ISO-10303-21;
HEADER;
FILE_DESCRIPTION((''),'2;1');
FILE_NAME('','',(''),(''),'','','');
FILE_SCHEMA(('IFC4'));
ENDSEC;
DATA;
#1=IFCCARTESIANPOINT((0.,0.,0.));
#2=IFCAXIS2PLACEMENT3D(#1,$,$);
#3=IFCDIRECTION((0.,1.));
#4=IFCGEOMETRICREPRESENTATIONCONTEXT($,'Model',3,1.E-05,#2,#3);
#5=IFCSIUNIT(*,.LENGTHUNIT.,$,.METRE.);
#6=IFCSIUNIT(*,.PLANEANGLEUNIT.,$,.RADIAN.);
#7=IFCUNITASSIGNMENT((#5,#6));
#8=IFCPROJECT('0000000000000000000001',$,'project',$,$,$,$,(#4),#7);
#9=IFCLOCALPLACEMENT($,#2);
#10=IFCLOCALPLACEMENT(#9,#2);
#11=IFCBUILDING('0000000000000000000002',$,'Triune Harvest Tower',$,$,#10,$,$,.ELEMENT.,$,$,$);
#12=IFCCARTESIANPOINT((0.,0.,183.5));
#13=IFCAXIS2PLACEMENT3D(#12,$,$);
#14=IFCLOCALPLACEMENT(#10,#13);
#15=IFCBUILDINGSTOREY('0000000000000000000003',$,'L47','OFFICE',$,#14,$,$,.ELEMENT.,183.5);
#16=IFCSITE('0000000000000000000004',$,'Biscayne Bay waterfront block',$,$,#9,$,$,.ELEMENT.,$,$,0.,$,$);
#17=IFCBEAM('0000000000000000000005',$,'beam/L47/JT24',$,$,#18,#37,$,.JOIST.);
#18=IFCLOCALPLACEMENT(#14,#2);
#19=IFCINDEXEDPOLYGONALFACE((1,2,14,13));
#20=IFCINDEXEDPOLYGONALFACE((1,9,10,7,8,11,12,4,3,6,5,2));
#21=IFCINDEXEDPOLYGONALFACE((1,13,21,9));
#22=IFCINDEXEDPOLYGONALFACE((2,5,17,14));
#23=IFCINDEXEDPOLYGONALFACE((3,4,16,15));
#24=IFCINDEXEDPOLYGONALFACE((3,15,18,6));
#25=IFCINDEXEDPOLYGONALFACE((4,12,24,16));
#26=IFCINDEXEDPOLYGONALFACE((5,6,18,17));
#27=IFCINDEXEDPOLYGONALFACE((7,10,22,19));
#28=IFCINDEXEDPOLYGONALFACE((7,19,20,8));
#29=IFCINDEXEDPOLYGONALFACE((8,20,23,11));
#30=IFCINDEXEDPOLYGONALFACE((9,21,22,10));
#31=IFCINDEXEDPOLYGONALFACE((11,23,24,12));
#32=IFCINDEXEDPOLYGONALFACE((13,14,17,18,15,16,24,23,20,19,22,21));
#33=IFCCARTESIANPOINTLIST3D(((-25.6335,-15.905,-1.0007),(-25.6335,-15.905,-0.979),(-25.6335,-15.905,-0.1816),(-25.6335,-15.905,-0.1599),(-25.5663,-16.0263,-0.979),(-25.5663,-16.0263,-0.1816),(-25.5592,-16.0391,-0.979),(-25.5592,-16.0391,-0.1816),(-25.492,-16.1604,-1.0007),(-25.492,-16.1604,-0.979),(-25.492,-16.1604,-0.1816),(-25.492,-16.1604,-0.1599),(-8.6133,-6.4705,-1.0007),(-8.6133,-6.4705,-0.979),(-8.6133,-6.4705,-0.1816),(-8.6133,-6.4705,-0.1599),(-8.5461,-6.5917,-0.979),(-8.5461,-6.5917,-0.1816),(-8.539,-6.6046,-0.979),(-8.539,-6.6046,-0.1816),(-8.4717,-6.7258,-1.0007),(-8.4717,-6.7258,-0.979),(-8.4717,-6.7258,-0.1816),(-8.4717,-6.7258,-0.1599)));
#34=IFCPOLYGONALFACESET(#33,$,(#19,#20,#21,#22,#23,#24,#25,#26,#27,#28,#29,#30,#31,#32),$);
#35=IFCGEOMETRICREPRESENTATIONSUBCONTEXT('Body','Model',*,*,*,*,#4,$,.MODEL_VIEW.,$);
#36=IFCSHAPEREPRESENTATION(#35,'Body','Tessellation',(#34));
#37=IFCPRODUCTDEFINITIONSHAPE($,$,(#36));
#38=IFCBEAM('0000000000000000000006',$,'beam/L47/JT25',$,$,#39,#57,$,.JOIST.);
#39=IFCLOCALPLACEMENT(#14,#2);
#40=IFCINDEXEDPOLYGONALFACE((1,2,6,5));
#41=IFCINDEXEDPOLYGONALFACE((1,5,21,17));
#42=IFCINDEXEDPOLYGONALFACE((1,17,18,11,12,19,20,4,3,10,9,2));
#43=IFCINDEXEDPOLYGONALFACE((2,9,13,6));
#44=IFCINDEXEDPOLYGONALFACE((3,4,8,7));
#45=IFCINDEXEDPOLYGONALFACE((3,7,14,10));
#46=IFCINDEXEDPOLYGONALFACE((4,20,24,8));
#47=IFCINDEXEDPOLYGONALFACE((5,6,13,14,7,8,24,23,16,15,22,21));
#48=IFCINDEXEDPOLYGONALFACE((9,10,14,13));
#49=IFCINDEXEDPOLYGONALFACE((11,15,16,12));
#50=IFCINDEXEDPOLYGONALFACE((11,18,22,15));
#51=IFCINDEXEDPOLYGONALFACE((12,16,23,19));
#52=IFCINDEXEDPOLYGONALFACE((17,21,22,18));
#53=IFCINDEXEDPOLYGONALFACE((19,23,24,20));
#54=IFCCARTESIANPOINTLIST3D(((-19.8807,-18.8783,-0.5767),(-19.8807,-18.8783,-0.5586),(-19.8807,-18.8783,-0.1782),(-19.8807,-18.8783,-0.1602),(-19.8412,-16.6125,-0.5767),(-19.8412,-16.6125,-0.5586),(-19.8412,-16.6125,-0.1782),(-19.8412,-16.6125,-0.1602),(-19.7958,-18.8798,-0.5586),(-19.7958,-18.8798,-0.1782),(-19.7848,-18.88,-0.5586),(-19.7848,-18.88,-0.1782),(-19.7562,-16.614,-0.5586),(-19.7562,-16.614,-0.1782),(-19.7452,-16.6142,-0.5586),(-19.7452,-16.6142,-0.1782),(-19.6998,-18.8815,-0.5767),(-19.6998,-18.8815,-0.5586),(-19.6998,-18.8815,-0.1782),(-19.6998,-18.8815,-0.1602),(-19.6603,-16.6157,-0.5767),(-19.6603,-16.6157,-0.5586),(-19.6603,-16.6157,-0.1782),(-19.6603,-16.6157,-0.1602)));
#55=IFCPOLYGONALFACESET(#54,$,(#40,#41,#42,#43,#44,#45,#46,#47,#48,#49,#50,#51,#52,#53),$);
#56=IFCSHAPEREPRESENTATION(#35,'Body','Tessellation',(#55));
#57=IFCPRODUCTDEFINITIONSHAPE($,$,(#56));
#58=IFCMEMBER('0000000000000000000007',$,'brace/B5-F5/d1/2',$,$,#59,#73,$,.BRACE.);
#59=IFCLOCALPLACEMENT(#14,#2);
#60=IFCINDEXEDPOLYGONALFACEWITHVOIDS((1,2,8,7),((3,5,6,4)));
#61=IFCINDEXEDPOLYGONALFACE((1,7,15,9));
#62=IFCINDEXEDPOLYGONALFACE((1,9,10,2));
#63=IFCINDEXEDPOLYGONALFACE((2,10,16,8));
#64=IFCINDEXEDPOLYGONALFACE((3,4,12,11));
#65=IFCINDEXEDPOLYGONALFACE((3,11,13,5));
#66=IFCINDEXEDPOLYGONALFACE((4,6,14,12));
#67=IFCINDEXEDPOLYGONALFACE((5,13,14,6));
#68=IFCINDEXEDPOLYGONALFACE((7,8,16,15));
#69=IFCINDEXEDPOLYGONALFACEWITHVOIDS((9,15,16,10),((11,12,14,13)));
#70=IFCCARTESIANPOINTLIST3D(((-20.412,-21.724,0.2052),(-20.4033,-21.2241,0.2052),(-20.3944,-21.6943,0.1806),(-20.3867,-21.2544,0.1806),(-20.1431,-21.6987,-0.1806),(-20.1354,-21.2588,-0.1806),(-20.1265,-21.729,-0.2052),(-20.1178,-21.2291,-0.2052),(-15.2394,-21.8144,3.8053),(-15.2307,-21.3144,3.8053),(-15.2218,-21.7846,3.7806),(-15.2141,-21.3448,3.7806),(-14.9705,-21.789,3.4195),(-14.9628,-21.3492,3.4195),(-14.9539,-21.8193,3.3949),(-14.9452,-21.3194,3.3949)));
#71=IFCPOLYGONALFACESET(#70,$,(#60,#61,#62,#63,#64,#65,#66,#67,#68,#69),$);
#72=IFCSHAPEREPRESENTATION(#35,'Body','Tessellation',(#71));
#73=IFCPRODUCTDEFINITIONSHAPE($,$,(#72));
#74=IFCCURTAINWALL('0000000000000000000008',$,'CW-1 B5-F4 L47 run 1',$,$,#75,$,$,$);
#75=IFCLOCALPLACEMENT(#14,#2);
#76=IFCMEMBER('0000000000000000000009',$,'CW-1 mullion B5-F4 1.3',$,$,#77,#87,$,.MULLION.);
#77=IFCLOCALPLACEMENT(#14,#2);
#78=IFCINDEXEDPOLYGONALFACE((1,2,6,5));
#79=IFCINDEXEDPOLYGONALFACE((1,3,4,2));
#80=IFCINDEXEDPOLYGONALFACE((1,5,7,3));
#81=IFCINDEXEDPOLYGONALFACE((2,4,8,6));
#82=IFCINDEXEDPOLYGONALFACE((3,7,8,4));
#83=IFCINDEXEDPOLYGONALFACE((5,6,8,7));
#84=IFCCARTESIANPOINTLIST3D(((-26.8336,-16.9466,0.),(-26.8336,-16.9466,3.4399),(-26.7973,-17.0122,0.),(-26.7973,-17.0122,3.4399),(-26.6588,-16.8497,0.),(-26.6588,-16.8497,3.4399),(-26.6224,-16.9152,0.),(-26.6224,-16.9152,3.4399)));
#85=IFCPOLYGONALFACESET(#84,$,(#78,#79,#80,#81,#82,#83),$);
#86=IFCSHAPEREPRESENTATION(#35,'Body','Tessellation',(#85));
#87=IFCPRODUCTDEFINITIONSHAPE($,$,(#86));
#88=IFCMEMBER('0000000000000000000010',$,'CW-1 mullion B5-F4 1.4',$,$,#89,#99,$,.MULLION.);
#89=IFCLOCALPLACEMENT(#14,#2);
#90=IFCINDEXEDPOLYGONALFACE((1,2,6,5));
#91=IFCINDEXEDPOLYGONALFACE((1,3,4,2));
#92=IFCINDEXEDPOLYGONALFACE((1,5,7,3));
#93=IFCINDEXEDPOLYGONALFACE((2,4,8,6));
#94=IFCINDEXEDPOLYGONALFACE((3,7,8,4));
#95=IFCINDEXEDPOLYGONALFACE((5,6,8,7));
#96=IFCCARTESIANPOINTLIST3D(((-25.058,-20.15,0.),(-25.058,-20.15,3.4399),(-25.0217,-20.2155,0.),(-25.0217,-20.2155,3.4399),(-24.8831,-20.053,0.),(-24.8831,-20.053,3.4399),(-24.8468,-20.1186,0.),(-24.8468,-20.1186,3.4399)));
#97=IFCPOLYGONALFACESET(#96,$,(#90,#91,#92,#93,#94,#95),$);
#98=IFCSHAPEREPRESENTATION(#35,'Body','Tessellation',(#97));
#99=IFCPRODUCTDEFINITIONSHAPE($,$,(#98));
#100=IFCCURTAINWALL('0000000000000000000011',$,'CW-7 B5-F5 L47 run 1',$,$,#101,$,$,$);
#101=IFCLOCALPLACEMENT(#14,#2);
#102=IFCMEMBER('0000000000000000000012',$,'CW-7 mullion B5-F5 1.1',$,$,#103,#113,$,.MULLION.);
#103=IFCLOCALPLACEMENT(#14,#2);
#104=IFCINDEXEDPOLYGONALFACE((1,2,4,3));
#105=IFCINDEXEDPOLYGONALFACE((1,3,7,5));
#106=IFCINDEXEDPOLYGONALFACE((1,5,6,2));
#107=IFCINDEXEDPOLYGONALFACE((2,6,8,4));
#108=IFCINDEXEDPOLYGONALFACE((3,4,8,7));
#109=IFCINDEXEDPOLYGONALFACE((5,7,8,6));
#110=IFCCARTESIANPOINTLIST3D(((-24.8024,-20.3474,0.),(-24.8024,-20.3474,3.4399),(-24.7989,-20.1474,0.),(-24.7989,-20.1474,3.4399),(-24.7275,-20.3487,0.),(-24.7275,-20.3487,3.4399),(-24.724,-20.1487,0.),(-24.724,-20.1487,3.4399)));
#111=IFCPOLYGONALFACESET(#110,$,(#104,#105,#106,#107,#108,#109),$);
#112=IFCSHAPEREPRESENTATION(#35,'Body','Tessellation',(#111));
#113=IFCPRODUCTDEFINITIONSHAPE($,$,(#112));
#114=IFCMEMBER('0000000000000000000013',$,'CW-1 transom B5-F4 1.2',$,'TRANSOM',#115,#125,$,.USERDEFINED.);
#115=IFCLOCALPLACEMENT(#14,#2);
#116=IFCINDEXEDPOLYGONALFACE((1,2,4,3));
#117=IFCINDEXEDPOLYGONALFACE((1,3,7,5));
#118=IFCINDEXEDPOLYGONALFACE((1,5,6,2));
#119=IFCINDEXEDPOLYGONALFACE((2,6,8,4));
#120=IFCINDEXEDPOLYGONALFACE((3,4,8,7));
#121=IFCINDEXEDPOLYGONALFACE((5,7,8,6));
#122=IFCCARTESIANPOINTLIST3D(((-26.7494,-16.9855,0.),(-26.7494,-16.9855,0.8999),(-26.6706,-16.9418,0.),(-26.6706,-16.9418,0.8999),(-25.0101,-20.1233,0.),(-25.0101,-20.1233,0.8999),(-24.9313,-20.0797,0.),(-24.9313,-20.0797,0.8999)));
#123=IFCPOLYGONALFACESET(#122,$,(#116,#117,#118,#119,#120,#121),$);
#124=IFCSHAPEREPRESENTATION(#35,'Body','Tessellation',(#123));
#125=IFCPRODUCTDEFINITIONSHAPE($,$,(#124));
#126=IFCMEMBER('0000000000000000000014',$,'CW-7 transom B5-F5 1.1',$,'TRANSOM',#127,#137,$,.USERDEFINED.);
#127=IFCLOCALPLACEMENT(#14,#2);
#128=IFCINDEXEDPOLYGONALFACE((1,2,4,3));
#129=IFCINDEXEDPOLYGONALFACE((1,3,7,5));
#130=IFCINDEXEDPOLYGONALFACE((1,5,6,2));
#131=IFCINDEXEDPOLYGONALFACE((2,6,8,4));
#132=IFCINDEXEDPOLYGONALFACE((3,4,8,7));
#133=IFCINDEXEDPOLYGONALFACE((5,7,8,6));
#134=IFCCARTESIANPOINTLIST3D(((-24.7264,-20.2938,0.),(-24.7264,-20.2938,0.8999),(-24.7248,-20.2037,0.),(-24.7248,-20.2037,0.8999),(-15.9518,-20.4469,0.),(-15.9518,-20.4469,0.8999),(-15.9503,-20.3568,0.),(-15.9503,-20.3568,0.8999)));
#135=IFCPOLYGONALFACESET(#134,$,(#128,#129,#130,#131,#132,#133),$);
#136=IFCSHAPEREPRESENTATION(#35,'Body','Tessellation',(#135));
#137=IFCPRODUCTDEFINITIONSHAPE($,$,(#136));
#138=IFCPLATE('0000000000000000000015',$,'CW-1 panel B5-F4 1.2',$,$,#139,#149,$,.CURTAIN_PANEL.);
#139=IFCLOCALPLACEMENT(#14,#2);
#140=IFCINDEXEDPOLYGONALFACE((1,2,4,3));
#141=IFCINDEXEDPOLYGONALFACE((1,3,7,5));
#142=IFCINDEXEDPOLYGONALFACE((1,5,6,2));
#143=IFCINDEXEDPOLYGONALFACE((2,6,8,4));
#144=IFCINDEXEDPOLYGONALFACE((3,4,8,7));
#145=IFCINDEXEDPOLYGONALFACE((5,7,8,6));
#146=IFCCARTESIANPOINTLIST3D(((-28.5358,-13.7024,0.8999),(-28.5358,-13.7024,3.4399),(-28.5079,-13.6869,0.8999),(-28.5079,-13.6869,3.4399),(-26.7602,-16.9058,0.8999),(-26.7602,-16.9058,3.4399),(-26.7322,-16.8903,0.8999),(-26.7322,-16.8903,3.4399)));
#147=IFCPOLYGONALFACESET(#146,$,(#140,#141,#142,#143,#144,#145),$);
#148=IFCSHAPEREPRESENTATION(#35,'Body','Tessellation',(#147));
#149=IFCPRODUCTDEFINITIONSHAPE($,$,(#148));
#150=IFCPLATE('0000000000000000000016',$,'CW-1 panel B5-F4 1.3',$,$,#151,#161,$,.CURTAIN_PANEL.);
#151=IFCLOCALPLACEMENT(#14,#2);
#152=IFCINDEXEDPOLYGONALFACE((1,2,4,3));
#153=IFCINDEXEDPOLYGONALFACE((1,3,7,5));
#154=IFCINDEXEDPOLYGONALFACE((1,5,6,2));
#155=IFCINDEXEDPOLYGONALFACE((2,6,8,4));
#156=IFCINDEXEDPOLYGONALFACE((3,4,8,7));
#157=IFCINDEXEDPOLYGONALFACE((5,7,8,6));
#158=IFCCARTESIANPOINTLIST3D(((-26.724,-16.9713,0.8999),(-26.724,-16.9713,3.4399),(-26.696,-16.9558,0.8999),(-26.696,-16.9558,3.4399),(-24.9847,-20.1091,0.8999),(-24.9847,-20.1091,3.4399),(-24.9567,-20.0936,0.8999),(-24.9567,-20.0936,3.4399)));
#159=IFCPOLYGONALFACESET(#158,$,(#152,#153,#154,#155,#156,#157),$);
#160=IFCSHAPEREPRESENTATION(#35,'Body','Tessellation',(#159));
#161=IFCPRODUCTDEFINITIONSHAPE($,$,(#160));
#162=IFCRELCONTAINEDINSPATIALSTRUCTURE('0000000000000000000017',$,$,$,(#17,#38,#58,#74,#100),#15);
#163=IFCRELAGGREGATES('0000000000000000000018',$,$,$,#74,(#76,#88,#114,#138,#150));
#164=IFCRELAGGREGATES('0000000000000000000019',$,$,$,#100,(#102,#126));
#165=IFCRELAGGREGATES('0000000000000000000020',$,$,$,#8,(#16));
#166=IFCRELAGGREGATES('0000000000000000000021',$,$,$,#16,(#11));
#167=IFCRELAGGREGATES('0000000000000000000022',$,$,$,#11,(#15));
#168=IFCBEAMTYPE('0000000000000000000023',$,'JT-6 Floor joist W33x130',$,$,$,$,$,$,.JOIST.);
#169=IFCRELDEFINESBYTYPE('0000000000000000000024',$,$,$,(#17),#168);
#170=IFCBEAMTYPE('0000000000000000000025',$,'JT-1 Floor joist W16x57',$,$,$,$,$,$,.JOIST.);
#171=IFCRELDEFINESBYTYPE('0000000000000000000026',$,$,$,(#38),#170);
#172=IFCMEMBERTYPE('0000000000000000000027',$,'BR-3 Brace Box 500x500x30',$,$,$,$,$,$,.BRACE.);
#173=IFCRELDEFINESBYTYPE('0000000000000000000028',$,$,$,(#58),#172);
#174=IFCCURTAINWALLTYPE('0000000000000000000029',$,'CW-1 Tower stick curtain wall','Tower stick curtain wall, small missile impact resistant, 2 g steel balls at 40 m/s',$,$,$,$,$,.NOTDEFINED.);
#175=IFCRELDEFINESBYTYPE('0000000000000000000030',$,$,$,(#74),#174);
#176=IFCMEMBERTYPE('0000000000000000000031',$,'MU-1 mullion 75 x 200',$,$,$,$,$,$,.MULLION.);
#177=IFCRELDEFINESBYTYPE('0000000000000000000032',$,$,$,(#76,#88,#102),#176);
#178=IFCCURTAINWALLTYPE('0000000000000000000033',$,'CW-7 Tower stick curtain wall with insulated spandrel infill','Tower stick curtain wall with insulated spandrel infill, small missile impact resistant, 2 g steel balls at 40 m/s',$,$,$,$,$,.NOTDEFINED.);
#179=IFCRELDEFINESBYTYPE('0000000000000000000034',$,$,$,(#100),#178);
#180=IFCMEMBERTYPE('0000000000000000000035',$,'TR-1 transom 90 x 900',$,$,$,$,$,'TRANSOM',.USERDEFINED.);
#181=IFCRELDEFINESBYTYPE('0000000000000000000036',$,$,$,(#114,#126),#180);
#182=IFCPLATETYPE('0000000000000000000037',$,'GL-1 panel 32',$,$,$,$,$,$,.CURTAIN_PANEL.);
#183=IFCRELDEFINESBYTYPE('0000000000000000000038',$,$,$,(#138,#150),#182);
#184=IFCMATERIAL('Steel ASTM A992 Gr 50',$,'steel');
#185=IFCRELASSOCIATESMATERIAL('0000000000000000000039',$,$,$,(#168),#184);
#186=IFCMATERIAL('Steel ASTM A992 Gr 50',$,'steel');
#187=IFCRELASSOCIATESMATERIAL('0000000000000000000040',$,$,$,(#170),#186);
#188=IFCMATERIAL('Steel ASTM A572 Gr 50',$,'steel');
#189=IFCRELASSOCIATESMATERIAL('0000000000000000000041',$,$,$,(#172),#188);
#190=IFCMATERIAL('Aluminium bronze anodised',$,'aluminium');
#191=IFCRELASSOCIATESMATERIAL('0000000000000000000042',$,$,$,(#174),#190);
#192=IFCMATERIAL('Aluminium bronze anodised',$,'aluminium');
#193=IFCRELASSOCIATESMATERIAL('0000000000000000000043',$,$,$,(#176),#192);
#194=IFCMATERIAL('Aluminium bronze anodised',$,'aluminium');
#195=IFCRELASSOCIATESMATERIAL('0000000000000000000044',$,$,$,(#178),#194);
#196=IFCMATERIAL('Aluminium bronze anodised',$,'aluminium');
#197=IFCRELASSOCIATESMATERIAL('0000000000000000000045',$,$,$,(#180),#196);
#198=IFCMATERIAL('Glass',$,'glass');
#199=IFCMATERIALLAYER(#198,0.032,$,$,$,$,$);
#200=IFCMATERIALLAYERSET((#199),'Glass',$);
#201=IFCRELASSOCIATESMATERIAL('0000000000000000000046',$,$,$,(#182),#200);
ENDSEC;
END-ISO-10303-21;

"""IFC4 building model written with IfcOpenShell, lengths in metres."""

from ifc_helpers import new_model, si_unit, direction, frame, origin, origin_2d, place, context, subcontext, project, spatial, rectangle, hollow_rectangle, i_section, extrude, source, transform, mapped, material, layer, layer_set, material_profile, profile_set, type_object, element, aggregate, save


model = new_model("IFC4")

# Units and contexts
model_context = context("Model", 3, precision=1e-05, world=origin(), true_north=direction((0.0, 1.0)))
body_context = subcontext(model_context, "Body", "Model", "MODEL_VIEW")
ifc_project = project(units=[si_unit("LENGTHUNIT", "METRE"), si_unit("PLANEANGLEUNIT", "RADIAN")], contexts=[model_context])

# Site, building, storey
site_placement = place(None, origin())
site = spatial("IfcSite", under=ifc_project, at=site_placement, Name="Biscayne Bay waterfront block", CompositionType="ELEMENT", RefElevation=0.0)
building_placement = place(site_placement, origin())
building = spatial("IfcBuilding", under=site, at=building_placement, Name="Triune Harvest Tower", CompositionType="ELEMENT")
storey_placement = place(building_placement, frame((0.0, 0.0, 183.5)))
storey = spatial("IfcBuildingStorey", under=building, at=storey_placement, Name="L47", Description="OFFICE", CompositionType="ELEMENT", Elevation=183.5)

# Beams
ifc_material_1 = material(Name="Steel ASTM A992 Gr 50", Category="steel")
ifc_material_profile_1 = material_profile(ifc_material_1, i_section(OverallWidth=0.292, OverallDepth=0.8408, WebThickness=0.0146, FlangeThickness=0.0217, at=origin_2d()), Name="W33x130")
ifc_profile_set_1 = profile_set([ifc_material_profile_1], Name="Steel ASTM A992 Gr 50")
beam_type_1 = type_object("IfcBeamType", Name="JT-6 Floor joist W33x130", PredefinedType="JOIST", material=ifc_profile_set_1)
shared_shape_1 = source(origin(), body_context, "Body", "SweptSolid", [
    extrude(i_section(OverallWidth=0.292, OverallDepth=0.8408, WebThickness=0.0146, FlangeThickness=0.0217, at=origin_2d()), origin(), (0.0, 0.0, 1.0), 19.4602),
])
beam_1_placement = place(storey_placement, frame((-25.5627, -16.0327, -0.5803), z_axis=(0.874618, 0.484813, 0.0), x_axis=(-0.484813, 0.874618, 0.0)))
element("IfcBeam", 1, at=beam_1_placement, inside=storey, type_object=beam_type_1, Name="beam/L47/JT24", PredefinedType="JOIST", context=body_context, shape_type="MappedRepresentation", body=[
    mapped(shared_shape_1, transform((0.0, 0.0, 0.0), scale=1.0)),
])
ifc_material_2 = material(Name="Steel ASTM A992 Gr 50", Category="steel")
ifc_material_profile_2 = material_profile(ifc_material_2, i_section(OverallWidth=0.1809, OverallDepth=0.4165, WebThickness=0.011, FlangeThickness=0.0181, at=origin_2d()), Name="W16x57")
ifc_profile_set_2 = profile_set([ifc_material_profile_2], Name="Steel ASTM A992 Gr 50")
beam_type_2 = type_object("IfcBeamType", Name="JT-1 Floor joist W16x57", PredefinedType="JOIST", material=ifc_profile_set_2)
shared_shape_2 = source(origin(), body_context, "Body", "SweptSolid", [
    extrude(i_section(OverallWidth=0.1809, OverallDepth=0.4165, WebThickness=0.011, FlangeThickness=0.0181, at=origin_2d()), origin(), (0.0, 0.0, 1.0), 2.2661),
])
beam_2_placement = place(storey_placement, frame((-19.7903, -18.8799, -0.3684), z_axis=(0.017452, 0.999848, 0.0), x_axis=(-0.999848, 0.017452, 0.0)))
element("IfcBeam", 2, at=beam_2_placement, inside=storey, type_object=beam_type_2, Name="beam/L47/JT25", PredefinedType="JOIST", context=body_context, shape_type="MappedRepresentation", body=[
    mapped(shared_shape_2, transform((0.0, 0.0, 0.0), scale=1.0)),
])

# Member
ifc_material_3 = material(Name="Steel ASTM A572 Gr 50", Category="steel")
ifc_material_profile_3 = material_profile(ifc_material_3, hollow_rectangle(XDim=0.5, YDim=0.5, WallThickness=0.03, at=origin_2d()), Name="Box 500x500x30")
ifc_profile_set_3 = profile_set([ifc_material_profile_3], Name="Steel ASTM A572 Gr 50")
member_type_1 = type_object("IfcMemberType", Name="BR-3 Brace Box 500x500x30", PredefinedType="BRACE", material=ifc_profile_set_3)
shared_shape_3 = source(origin(), body_context, "Body", "SweptSolid", [
    extrude(hollow_rectangle(XDim=0.5, YDim=0.5, WallThickness=0.03, at=origin_2d()), origin(), (0.0, 0.0, 1.0), 6.3027),
])
member_1_placement = place(storey_placement, frame((-20.2649, -21.4766, 0.0), z_axis=(0.82069, -0.014332, 0.571194), x_axis=(0.017461, 0.999848, 0.0)))
element("IfcMember", 3, at=member_1_placement, inside=storey, type_object=member_type_1, Name="brace/B5-F5/d1/2", PredefinedType="BRACE", context=body_context, shape_type="MappedRepresentation", body=[
    mapped(shared_shape_3, transform((0.0, 0.0, 0.0), scale=1.0)),
])

# Curtain wall, members
ifc_material_4 = material(Name="Aluminium bronze anodised", Category="aluminium")
curtain_wall_type_1 = type_object("IfcCurtainWallType", Name="CW-1 Tower stick curtain wall", Description="Tower stick curtain wall, small missile impact resistant, 2 g steel balls at 40 m/s", PredefinedType="NOTDEFINED", material=ifc_material_4)
curtain_wall_1_placement = place(storey_placement, origin())
curtain_wall_1 = element("IfcCurtainWall", 4, at=curtain_wall_1_placement, inside=storey, type_object=curtain_wall_type_1, Name="CW-1 B5-F4 L47 run 1")
ifc_material_5 = material(Name="Aluminium bronze anodised", Category="aluminium")
ifc_material_profile_4 = material_profile(ifc_material_5, rectangle(XDim=0.2, YDim=0.075, at=origin_2d()), Name="MU-1 mullion 75 x 200")
ifc_profile_set_4 = profile_set([ifc_material_profile_4], Name="Aluminium bronze anodised")
member_type_2 = type_object("IfcMemberType", Name="MU-1 mullion 75 x 200", PredefinedType="MULLION", material=ifc_profile_set_4)
shared_shape_4 = source(origin(), body_context, "Body", "SweptSolid", [
    extrude(rectangle(XDim=0.2, YDim=0.075, at=origin_2d()), origin(), (0.0, 0.0, 1.0), 3.4399),
])
member_2_placement = place(storey_placement, frame((-26.728, -16.9309, 0.0), z_axis=(0.0, 0.0, 1.0), x_axis=(0.874624, 0.484802, 0.0)))
member_2 = element("IfcMember", 5, at=member_2_placement, type_object=member_type_2, Name="CW-1 mullion B5-F4 1.3", PredefinedType="MULLION", context=body_context, shape_type="MappedRepresentation", body=[
    mapped(shared_shape_4, transform((0.0, 0.0, 0.0), scale=1.0)),
])
member_3_placement = place(storey_placement, frame((-24.9524, -20.1343, 0.0), z_axis=(0.0, 0.0, 1.0), x_axis=(0.874624, 0.484802, 0.0)))
member_3 = element("IfcMember", 6, at=member_3_placement, type_object=member_type_2, Name="CW-1 mullion B5-F4 1.4", PredefinedType="MULLION", context=body_context, shape_type="MappedRepresentation", body=[
    mapped(shared_shape_4, transform((0.0, 0.0, 0.0), scale=1.0)),
])

# Curtain wall, member
ifc_material_6 = material(Name="Aluminium bronze anodised", Category="aluminium")
curtain_wall_type_2 = type_object("IfcCurtainWallType", Name="CW-7 Tower stick curtain wall with insulated spandrel infill", Description="Tower stick curtain wall with insulated spandrel infill, small missile impact resistant, 2 g steel balls at 40 m/s", PredefinedType="NOTDEFINED", material=ifc_material_6)
curtain_wall_2_placement = place(storey_placement, origin())
curtain_wall_2 = element("IfcCurtainWall", 7, at=curtain_wall_2_placement, inside=storey, type_object=curtain_wall_type_2, Name="CW-7 B5-F5 L47 run 1")
member_4_placement = place(storey_placement, frame((-24.7632, -20.248, 0.0), z_axis=(0.0, 0.0, 1.0), x_axis=(0.017451, 0.999848, 0.0)))
member_4 = element("IfcMember", 8, at=member_4_placement, type_object=member_type_2, Name="CW-7 mullion B5-F5 1.1", PredefinedType="MULLION", context=body_context, shape_type="MappedRepresentation", body=[
    mapped(shared_shape_4, transform((0.0, 0.0, 0.0), scale=1.0)),
])

# Members
ifc_material_7 = material(Name="Aluminium bronze anodised", Category="aluminium")
ifc_material_profile_5 = material_profile(ifc_material_7, rectangle(XDim=0.0901, YDim=0.8999, at=origin_2d()), Name="TR-1 transom 90 x 900")
ifc_profile_set_5 = profile_set([ifc_material_profile_5], Name="Aluminium bronze anodised")
member_type_3 = type_object("IfcMemberType", Name="TR-1 transom 90 x 900", ElementType="TRANSOM", PredefinedType="USERDEFINED", material=ifc_profile_set_5)
shared_shape_5 = source(origin(), body_context, "Body", "SweptSolid", [
    extrude(rectangle(XDim=0.0901, YDim=0.8999, at=origin_2d()), origin(), (0.0, 0.0, 1.0), 3.5876),
])
member_5_placement = place(storey_placement, frame((-26.71, -16.9636, 0.45), z_axis=(0.484782, -0.874635, 0.0), x_axis=(0.874635, 0.484782, 0.0)))
member_5 = element("IfcMember", 9, at=member_5_placement, type_object=member_type_3, Name="CW-1 transom B5-F4 1.2", ObjectType="TRANSOM", PredefinedType="USERDEFINED", context=body_context, shape_type="MappedRepresentation", body=[
    mapped(shared_shape_5, transform((0.0, 0.0, 0.0), scale=1.0)),
])
shared_shape_6 = source(origin(), body_context, "Body", "SweptSolid", [
    extrude(rectangle(XDim=0.0901, YDim=0.8999, at=origin_2d()), origin(), (0.0, 0.0, 1.0), 8.7759),
])
member_6_placement = place(storey_placement, frame((-24.7256, -20.2488, 0.45), z_axis=(0.999848, -0.017443, 0.0), x_axis=(0.017443, 0.999848, 0.0)))
member_6 = element("IfcMember", 10, at=member_6_placement, type_object=member_type_3, Name="CW-7 transom B5-F5 1.1", ObjectType="TRANSOM", PredefinedType="USERDEFINED", context=body_context, shape_type="MappedRepresentation", body=[
    mapped(shared_shape_6, transform((0.0, 0.0, 0.0), scale=1.0)),
])

# Plates
ifc_material_8 = material(Name="Glass", Category="glass")
ifc_layer_1 = layer(ifc_material_8, 0.032)
ifc_layer_set_1 = layer_set([ifc_layer_1], Name="Glass")
plate_type_1 = type_object("IfcPlateType", Name="GL-1 panel 32", PredefinedType="CURTAIN_PANEL", material=ifc_layer_set_1)
shared_shape_7 = source(origin(), body_context, "Body", "SweptSolid", [
    extrude(rectangle(XDim=3.6626, YDim=0.032, at=origin_2d()), origin(), (0.0, 0.0, 1.0), 2.54),
])
plate_1_placement = place(storey_placement, frame((-27.634, -15.2964, 0.8999), z_axis=(0.0, 0.0, 1.0), x_axis=(0.484802, -0.874624, 0.0)))
plate_1 = element("IfcPlate", 11, at=plate_1_placement, type_object=plate_type_1, Name="CW-1 panel B5-F4 1.2", PredefinedType="CURTAIN_PANEL", context=body_context, shape_type="MappedRepresentation", body=[
    mapped(shared_shape_7, transform((0.0, 0.0, 0.0), scale=1.0)),
])
shared_shape_8 = source(origin(), body_context, "Body", "SweptSolid", [
    extrude(rectangle(XDim=3.5876, YDim=0.032, at=origin_2d()), origin(), (0.0, 0.0, 1.0), 2.54),
])
plate_2_placement = place(storey_placement, frame((-25.8403, -18.5325, 0.8999), z_axis=(0.0, 0.0, 1.0), x_axis=(0.484802, -0.874624, 0.0)))
plate_2 = element("IfcPlate", 12, at=plate_2_placement, type_object=plate_type_1, Name="CW-1 panel B5-F4 1.3", PredefinedType="CURTAIN_PANEL", context=body_context, shape_type="MappedRepresentation", body=[
    mapped(shared_shape_8, transform((0.0, 0.0, 0.0), scale=1.0)),
])
aggregate(curtain_wall_1, [member_2, member_3, member_5, plate_1, plate_2])
aggregate(curtain_wall_2, [member_4, member_6])

save(model, "model.ifc")
